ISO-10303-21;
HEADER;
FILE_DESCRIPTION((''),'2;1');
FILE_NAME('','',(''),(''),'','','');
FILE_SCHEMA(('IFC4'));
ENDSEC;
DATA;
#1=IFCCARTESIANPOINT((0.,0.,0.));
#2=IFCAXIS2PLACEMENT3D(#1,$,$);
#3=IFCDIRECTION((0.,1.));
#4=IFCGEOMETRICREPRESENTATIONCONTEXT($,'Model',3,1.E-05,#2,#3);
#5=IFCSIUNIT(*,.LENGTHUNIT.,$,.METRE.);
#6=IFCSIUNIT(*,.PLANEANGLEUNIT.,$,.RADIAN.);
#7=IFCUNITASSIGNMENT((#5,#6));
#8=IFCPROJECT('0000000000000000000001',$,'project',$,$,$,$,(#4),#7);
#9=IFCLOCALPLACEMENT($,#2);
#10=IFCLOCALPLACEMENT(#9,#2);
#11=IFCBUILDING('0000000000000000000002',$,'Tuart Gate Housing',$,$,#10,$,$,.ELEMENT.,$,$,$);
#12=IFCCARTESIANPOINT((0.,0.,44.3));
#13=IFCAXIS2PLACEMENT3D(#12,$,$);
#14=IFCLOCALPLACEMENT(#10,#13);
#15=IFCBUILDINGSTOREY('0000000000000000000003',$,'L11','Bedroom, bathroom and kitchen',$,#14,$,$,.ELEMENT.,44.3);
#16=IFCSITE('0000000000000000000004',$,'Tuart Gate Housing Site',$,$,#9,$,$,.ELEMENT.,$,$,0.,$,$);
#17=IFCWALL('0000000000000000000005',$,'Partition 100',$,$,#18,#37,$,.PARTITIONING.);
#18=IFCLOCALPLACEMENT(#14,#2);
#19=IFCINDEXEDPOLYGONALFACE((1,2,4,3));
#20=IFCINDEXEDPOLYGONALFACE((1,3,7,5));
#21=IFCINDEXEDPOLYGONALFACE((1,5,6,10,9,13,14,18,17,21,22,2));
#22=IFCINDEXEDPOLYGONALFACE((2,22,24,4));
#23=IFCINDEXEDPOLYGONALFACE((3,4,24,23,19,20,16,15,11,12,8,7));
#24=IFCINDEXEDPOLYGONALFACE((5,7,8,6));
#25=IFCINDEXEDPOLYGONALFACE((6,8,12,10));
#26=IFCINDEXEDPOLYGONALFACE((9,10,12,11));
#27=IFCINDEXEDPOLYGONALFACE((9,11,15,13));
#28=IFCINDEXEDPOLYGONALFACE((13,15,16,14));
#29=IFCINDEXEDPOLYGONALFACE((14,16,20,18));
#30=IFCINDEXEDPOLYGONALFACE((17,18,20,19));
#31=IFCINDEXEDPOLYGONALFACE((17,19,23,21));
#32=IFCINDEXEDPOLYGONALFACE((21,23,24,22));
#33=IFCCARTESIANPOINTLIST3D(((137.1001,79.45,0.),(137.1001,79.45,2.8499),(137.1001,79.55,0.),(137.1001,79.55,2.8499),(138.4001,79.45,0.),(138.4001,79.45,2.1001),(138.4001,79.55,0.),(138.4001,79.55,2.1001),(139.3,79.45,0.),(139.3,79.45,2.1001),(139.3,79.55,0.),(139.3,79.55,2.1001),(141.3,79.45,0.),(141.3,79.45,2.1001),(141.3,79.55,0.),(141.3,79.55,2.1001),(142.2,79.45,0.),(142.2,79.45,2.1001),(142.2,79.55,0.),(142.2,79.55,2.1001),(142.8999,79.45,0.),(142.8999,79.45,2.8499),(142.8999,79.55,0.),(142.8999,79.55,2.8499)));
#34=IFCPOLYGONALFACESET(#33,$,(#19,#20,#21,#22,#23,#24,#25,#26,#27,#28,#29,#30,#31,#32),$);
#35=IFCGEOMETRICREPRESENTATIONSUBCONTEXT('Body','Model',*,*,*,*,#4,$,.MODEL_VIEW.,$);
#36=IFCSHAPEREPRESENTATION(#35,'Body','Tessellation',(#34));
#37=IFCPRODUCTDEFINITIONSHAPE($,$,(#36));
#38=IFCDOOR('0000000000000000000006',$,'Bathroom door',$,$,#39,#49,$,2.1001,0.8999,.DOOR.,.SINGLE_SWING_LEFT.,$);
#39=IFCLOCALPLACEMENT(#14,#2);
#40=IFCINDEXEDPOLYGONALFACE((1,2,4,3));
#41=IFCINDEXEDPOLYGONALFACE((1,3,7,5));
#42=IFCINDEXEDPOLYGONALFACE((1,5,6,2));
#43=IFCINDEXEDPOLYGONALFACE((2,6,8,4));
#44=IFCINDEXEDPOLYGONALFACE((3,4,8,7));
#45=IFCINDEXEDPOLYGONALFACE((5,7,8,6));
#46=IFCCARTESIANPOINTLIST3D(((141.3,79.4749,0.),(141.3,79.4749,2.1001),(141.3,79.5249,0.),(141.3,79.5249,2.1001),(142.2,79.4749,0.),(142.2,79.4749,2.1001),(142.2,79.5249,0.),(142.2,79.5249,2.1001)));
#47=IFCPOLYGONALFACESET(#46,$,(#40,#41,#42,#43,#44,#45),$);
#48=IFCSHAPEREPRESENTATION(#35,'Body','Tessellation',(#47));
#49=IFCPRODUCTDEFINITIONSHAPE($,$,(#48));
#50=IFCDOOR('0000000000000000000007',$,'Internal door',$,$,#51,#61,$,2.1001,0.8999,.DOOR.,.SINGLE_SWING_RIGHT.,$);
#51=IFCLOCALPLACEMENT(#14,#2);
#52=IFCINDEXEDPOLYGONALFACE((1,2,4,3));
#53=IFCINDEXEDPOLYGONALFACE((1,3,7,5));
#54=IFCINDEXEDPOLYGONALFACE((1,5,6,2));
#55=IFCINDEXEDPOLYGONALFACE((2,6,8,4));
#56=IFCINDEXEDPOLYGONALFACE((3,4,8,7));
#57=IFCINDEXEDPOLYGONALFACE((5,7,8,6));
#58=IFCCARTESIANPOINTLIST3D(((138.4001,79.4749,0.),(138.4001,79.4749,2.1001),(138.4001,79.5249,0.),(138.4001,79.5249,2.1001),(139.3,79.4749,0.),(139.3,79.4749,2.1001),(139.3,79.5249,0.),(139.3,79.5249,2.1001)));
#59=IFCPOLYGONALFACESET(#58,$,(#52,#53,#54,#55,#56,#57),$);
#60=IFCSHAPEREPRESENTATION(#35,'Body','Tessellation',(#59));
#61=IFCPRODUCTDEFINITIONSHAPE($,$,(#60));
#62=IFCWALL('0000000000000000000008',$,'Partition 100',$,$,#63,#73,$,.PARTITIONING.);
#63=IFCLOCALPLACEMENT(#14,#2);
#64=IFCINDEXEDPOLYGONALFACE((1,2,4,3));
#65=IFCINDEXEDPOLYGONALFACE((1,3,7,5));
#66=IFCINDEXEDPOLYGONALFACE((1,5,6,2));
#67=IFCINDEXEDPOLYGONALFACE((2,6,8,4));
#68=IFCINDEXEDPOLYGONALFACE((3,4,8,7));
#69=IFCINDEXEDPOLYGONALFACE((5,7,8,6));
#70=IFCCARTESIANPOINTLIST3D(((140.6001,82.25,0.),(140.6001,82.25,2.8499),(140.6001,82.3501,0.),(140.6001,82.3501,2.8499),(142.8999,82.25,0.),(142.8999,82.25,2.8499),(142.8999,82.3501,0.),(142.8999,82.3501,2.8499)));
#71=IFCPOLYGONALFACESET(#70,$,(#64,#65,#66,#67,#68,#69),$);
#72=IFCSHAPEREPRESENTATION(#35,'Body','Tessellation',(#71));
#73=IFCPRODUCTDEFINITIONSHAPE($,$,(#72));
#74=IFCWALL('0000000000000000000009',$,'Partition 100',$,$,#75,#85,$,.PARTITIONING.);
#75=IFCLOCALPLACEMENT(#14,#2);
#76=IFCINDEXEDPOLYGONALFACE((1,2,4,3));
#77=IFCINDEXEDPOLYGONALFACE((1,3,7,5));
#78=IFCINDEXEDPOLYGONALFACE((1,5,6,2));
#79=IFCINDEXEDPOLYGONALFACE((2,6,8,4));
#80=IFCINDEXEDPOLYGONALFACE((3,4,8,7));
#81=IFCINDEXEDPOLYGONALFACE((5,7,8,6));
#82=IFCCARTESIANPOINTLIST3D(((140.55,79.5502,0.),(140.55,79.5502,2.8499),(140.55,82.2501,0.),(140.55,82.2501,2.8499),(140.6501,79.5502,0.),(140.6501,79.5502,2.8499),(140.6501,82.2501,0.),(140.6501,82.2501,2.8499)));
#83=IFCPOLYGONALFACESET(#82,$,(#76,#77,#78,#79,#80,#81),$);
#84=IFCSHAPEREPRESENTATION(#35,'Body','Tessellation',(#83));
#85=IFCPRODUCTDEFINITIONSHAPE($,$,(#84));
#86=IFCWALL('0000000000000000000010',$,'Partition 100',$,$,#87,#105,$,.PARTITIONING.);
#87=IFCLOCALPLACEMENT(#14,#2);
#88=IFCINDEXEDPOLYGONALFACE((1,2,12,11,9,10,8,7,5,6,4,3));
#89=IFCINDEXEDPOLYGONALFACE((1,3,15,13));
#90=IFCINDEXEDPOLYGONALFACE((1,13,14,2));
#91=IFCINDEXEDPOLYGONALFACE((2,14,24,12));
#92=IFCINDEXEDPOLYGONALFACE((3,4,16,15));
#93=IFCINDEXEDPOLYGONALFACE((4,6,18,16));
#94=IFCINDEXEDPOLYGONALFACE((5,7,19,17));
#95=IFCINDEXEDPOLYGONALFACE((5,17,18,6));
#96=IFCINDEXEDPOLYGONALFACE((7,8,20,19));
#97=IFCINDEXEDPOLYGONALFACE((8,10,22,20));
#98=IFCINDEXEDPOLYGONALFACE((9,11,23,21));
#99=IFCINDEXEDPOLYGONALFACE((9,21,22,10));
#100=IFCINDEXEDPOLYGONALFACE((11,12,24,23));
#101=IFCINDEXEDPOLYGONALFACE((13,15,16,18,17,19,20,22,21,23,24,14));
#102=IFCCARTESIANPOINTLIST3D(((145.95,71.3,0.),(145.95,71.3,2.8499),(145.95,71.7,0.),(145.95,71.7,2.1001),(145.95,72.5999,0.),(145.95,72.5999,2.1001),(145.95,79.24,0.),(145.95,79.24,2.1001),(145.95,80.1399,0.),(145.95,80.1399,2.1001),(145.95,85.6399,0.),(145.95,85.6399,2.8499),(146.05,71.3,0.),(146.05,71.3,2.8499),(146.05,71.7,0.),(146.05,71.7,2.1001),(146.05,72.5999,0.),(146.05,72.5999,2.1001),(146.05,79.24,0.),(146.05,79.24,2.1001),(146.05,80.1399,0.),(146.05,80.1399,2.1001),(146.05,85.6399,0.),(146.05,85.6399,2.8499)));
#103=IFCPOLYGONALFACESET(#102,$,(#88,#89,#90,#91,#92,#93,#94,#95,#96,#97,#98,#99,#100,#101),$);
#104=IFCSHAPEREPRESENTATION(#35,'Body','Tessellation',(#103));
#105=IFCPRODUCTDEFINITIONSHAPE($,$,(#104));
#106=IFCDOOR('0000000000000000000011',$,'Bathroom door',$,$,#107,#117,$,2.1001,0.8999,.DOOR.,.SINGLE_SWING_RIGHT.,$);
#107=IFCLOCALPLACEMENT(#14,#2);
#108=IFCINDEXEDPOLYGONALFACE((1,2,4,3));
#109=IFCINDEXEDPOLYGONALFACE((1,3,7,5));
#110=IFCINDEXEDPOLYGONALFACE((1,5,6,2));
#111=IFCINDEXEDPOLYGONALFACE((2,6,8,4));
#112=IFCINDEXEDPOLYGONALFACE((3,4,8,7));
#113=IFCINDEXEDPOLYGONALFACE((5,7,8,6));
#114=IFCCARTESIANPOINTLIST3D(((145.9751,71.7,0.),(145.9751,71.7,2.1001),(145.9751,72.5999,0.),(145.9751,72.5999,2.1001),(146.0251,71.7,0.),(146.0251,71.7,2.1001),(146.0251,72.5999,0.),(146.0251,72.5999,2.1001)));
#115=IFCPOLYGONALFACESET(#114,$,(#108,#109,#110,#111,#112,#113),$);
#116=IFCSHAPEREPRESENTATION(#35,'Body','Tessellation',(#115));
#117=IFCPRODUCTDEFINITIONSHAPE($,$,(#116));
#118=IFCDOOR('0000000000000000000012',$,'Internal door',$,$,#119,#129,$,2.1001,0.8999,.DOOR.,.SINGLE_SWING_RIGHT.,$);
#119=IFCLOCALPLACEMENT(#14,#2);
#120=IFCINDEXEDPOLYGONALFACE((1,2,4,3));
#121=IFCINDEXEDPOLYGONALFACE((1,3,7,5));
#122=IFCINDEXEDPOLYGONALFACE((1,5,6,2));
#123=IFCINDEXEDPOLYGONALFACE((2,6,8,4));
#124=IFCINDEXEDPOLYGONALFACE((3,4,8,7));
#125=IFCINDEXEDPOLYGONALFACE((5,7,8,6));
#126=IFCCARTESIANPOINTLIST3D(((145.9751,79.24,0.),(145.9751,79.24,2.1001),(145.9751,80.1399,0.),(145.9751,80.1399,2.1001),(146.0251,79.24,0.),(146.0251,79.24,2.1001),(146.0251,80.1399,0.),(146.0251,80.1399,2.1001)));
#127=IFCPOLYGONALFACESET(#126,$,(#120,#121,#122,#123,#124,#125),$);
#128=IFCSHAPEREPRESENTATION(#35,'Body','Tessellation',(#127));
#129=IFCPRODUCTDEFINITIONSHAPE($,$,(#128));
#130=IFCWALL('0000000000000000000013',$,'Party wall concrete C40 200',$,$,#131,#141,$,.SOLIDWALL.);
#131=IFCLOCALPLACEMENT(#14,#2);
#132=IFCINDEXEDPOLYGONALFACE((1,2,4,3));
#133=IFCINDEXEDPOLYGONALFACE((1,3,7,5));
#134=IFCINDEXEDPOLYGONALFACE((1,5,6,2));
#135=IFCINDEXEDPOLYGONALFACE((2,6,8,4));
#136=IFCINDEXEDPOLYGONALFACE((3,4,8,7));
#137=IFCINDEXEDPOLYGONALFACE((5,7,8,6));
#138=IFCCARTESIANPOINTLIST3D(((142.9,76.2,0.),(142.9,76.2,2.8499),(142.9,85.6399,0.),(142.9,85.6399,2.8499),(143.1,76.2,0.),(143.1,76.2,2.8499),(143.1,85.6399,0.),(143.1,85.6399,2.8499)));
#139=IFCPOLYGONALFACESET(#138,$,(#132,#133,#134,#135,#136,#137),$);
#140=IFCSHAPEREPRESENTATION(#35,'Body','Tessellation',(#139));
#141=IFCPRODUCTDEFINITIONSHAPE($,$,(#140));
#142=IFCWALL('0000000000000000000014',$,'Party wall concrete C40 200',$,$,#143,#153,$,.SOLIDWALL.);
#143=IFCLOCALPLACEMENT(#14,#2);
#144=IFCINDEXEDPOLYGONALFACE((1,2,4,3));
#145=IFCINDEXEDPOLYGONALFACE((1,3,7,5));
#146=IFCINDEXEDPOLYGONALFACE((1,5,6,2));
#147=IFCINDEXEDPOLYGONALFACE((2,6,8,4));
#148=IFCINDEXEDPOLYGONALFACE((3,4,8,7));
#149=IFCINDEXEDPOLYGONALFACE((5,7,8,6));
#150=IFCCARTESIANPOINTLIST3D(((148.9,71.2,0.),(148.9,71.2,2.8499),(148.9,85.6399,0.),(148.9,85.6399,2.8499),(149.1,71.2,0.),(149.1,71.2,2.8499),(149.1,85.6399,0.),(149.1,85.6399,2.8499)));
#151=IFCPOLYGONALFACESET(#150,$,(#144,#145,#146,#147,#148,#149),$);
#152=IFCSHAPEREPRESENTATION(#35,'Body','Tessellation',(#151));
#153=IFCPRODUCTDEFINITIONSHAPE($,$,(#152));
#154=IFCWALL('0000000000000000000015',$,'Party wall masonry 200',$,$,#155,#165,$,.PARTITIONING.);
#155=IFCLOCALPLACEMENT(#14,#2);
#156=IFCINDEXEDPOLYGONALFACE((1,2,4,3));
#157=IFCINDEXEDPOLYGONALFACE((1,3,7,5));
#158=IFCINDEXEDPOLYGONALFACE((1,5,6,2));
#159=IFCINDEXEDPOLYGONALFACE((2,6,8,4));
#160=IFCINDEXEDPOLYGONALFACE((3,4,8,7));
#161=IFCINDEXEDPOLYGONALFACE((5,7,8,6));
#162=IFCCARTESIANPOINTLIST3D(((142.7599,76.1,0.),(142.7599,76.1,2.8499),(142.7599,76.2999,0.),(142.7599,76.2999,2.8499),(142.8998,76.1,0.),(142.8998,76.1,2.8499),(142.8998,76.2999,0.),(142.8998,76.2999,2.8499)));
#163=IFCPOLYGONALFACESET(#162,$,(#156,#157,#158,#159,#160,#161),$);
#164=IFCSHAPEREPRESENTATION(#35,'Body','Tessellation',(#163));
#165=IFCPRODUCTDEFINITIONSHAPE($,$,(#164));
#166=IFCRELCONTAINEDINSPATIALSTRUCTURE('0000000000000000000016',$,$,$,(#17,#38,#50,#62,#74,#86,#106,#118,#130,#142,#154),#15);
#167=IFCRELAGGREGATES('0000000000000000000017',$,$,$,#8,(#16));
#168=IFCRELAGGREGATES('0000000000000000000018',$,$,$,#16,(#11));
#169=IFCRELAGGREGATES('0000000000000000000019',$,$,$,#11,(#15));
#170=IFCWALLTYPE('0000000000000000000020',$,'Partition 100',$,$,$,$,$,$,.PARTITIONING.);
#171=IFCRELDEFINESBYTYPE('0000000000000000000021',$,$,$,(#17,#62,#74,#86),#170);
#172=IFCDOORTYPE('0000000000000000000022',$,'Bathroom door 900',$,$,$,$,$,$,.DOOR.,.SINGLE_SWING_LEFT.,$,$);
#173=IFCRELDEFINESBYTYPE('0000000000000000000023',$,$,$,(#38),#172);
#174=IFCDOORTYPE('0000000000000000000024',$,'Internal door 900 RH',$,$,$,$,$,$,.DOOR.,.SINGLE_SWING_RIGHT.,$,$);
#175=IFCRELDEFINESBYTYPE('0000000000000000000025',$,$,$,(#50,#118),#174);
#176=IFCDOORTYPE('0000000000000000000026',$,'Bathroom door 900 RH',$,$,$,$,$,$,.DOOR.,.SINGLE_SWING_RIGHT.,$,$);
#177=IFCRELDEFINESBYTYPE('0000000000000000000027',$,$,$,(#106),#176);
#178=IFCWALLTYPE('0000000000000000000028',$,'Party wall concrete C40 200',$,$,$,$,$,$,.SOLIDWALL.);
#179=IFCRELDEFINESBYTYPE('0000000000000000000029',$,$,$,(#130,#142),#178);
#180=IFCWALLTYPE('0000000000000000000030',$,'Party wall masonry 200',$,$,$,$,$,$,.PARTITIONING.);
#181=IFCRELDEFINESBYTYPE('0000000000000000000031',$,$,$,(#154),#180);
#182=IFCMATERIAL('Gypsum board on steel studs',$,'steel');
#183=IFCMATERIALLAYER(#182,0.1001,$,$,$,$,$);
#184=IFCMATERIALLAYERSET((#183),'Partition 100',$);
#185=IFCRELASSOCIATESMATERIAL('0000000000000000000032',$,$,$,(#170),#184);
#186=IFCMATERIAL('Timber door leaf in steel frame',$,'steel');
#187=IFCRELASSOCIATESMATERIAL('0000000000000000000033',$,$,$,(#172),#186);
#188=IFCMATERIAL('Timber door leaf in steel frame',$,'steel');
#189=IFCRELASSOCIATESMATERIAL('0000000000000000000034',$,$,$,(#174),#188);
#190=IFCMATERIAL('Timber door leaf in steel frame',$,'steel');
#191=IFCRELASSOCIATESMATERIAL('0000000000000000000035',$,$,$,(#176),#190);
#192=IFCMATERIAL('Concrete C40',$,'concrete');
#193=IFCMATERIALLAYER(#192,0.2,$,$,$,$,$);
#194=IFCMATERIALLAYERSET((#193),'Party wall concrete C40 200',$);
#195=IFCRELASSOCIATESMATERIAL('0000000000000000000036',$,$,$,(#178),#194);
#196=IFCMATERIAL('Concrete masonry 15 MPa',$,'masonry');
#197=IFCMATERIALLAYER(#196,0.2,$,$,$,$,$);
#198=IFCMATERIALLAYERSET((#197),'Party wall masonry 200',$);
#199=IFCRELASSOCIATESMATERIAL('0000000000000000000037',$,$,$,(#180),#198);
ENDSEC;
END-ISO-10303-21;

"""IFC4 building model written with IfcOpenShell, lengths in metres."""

from ifc_helpers import new_model, si_unit, direction, frame, frame_2d, origin, place, context, subcontext, project, spatial, rectangle, extrude, material, layer, layer_set, type_object, element, fill, save


model = new_model("IFC4")

# Units and contexts
model_context = context("Model", 3, precision=1e-05, world=origin(), true_north=direction((0.0, 1.0)))
body_context = subcontext(model_context, "Body", "Model", "MODEL_VIEW")
ifc_project = project(units=[si_unit("LENGTHUNIT", "METRE"), si_unit("PLANEANGLEUNIT", "RADIAN")], contexts=[model_context])

# Site, building, storey
site_placement = place(None, origin())
site = spatial("IfcSite", under=ifc_project, at=site_placement, Name="Tuart Gate Housing Site", CompositionType="ELEMENT", RefElevation=0.0)
building_placement = place(site_placement, origin())
building = spatial("IfcBuilding", under=site, at=building_placement, Name="Tuart Gate Housing", CompositionType="ELEMENT")
storey_placement = place(building_placement, frame((0.0, 0.0, 44.3)))
storey = spatial("IfcBuildingStorey", under=building, at=storey_placement, Name="L11", Description="Bedroom, bathroom and kitchen", CompositionType="ELEMENT", Elevation=44.3)

# Shared definitions
ifc_material_1 = material(Name="Gypsum board on steel studs", Category="steel")
ifc_layer_1 = layer(ifc_material_1, 0.1001)
ifc_layer_set_1 = layer_set([ifc_layer_1], Name="Partition 100")
wall_type_1 = type_object("IfcWallType", Name="Partition 100", PredefinedType="PARTITIONING", material=ifc_layer_set_1)

# Wall, openings, doors
wall_1_placement = place(storey_placement, frame((137.1001, 79.5, 0.0), z_axis=(0.0, 0.0, 1.0), x_axis=(1.0, 0.0, 0.0)))
wall_1 = element("IfcWall", 1, at=wall_1_placement, inside=storey, type_object=wall_type_1, Name="Partition 100", PredefinedType="PARTITIONING", context=body_context, shape_type="SweptSolid", body=[
    extrude(rectangle(XDim=5.7998, YDim=0.1001, at=frame_2d((2.8999, 0.0))), origin(), (0.0, 0.0, 1.0), 2.8499),
])
opening_1_placement = place(wall_1_placement, frame((1.3, 0.0, 0.0)))
opening_1 = element("IfcOpeningElement", 2, at=opening_1_placement, cuts=wall_1, PredefinedType="OPENING", context=body_context, shape_type="SweptSolid", body=[
    extrude(rectangle(XDim=0.8999, YDim=2.1001, at=frame_2d((0.45, 1.05))), frame((0.0, 0.0601, 0.0), z_axis=(0.0, -1.0, 0.0), x_axis=(1.0, 0.0, 0.0)), (0.0, 0.0, 1.0), 0.1201),
])
opening_2_placement = place(wall_1_placement, frame((4.2, 0.0, 0.0)))
opening_2 = element("IfcOpeningElement", 3, at=opening_2_placement, cuts=wall_1, PredefinedType="OPENING", context=body_context, shape_type="SweptSolid", body=[
    extrude(rectangle(XDim=0.8999, YDim=2.1001, at=frame_2d((0.45, 1.05))), frame((0.0, 0.0601, 0.0), z_axis=(0.0, -1.0, 0.0), x_axis=(1.0, 0.0, 0.0)), (0.0, 0.0, 1.0), 0.1201),
])
ifc_material_2 = material(Name="Timber door leaf in steel frame", Category="steel")
door_type_1 = type_object("IfcDoorType", Name="Bathroom door 900", OperationType="SINGLE_SWING_LEFT", PredefinedType="DOOR", material=ifc_material_2)
door_1_placement = place(opening_2_placement, origin())
door_1 = element("IfcDoor", 4, at=door_1_placement, inside=storey, type_object=door_type_1, Name="Bathroom door", OperationType="SINGLE_SWING_LEFT", OverallHeight=2.1001, OverallWidth=0.8999, PredefinedType="DOOR", context=body_context, shape_type="SweptSolid", body=[
    extrude(rectangle(XDim=0.8999, YDim=2.1001, at=frame_2d((0.45, 1.05))), frame((0.0, 0.0249, 0.0), z_axis=(0.0, -1.0, 0.0), x_axis=(1.0, 0.0, 0.0)), (0.0, 0.0, 1.0), 0.05),
])
fill(opening_2, door_1)
ifc_material_3 = material(Name="Timber door leaf in steel frame", Category="steel")
door_type_2 = type_object("IfcDoorType", Name="Internal door 900 RH", OperationType="SINGLE_SWING_RIGHT", PredefinedType="DOOR", material=ifc_material_3)
door_2_placement = place(opening_1_placement, origin())
door_2 = element("IfcDoor", 5, at=door_2_placement, inside=storey, type_object=door_type_2, Name="Internal door", OperationType="SINGLE_SWING_RIGHT", OverallHeight=2.1001, OverallWidth=0.8999, PredefinedType="DOOR", context=body_context, shape_type="SweptSolid", body=[
    extrude(rectangle(XDim=0.8999, YDim=2.1001, at=frame_2d((0.45, 1.05))), frame((0.0, 0.0249, 0.0), z_axis=(0.0, -1.0, 0.0), x_axis=(1.0, 0.0, 0.0)), (0.0, 0.0, 1.0), 0.05),
])
fill(opening_1, door_2)

# Walls
wall_2_placement = place(storey_placement, frame((140.6001, 82.3, 0.0), z_axis=(0.0, 0.0, 1.0), x_axis=(1.0, 0.0, 0.0)))
element("IfcWall", 6, at=wall_2_placement, inside=storey, type_object=wall_type_1, Name="Partition 100", PredefinedType="PARTITIONING", context=body_context, shape_type="SweptSolid", body=[
    extrude(rectangle(XDim=2.2998, YDim=0.1001, at=frame_2d((1.1499, 0.0))), origin(), (0.0, 0.0, 1.0), 2.8499),
])
wall_3_placement = place(storey_placement, frame((140.6001, 79.55, 0.0), z_axis=(0.0, 0.0, 1.0), x_axis=(0.0, 1.0, 0.0)))
element("IfcWall", 7, at=wall_3_placement, inside=storey, type_object=wall_type_1, Name="Partition 100", PredefinedType="PARTITIONING", context=body_context, shape_type="SweptSolid", body=[
    extrude(rectangle(XDim=2.7, YDim=0.1001, at=frame_2d((1.3501, 0.0))), origin(), (0.0, 0.0, 1.0), 2.8499),
])

# Wall, openings, doors
wall_4_placement = place(storey_placement, frame((146.0, 71.3, 0.0), z_axis=(0.0, 0.0, 1.0), x_axis=(0.0, 1.0, 0.0)))
wall_4 = element("IfcWall", 8, at=wall_4_placement, inside=storey, type_object=wall_type_1, Name="Partition 100", PredefinedType="PARTITIONING", context=body_context, shape_type="SweptSolid", body=[
    extrude(rectangle(XDim=14.3398, YDim=0.1001, at=frame_2d((7.1699, 0.0))), origin(), (0.0, 0.0, 1.0), 2.8499),
])
opening_3_placement = place(wall_4_placement, frame((7.9399, 0.0, 0.0)))
opening_3 = element("IfcOpeningElement", 9, at=opening_3_placement, cuts=wall_4, PredefinedType="OPENING", context=body_context, shape_type="SweptSolid", body=[
    extrude(rectangle(XDim=0.8999, YDim=2.1001, at=frame_2d((0.45, 1.05))), frame((0.0, 0.0601, 0.0), z_axis=(0.0, -1.0, 0.0), x_axis=(1.0, 0.0, 0.0)), (0.0, 0.0, 1.0), 0.1201),
])
opening_4_placement = place(wall_4_placement, frame((0.3999, 0.0, 0.0)))
opening_4 = element("IfcOpeningElement", 10, at=opening_4_placement, cuts=wall_4, PredefinedType="OPENING", context=body_context, shape_type="SweptSolid", body=[
    extrude(rectangle(XDim=0.8999, YDim=2.1001, at=frame_2d((0.45, 1.05))), frame((0.0, 0.0601, 0.0), z_axis=(0.0, -1.0, 0.0), x_axis=(1.0, 0.0, 0.0)), (0.0, 0.0, 1.0), 0.1201),
])
ifc_material_4 = material(Name="Timber door leaf in steel frame", Category="steel")
door_type_3 = type_object("IfcDoorType", Name="Bathroom door 900 RH", OperationType="SINGLE_SWING_RIGHT", PredefinedType="DOOR", material=ifc_material_4)
door_3_placement = place(opening_4_placement, frame((0.8999, 0.0, 0.0), z_axis=(0.0, 0.0, 1.0), x_axis=(-1.0, 0.0, 0.0)))
door_3 = element("IfcDoor", 11, at=door_3_placement, inside=storey, type_object=door_type_3, Name="Bathroom door", OperationType="SINGLE_SWING_RIGHT", OverallHeight=2.1001, OverallWidth=0.8999, PredefinedType="DOOR", context=body_context, shape_type="SweptSolid", body=[
    extrude(rectangle(XDim=0.8999, YDim=2.1001, at=frame_2d((0.45, 1.05))), frame((0.0, 0.0251, 0.0), z_axis=(0.0, -1.0, 0.0), x_axis=(1.0, 0.0, 0.0)), (0.0, 0.0, 1.0), 0.05),
])
fill(opening_4, door_3)
door_4_placement = place(opening_3_placement, frame((0.8999, 0.0, 0.0), z_axis=(0.0, 0.0, 1.0), x_axis=(-1.0, 0.0, 0.0)))
door_4 = element("IfcDoor", 12, at=door_4_placement, inside=storey, type_object=door_type_2, Name="Internal door", OperationType="SINGLE_SWING_RIGHT", OverallHeight=2.1001, OverallWidth=0.8999, PredefinedType="DOOR", context=body_context, shape_type="SweptSolid", body=[
    extrude(rectangle(XDim=0.8999, YDim=2.1001, at=frame_2d((0.45, 1.05))), frame((0.0, 0.0251, 0.0), z_axis=(0.0, -1.0, 0.0), x_axis=(1.0, 0.0, 0.0)), (0.0, 0.0, 1.0), 0.05),
])
fill(opening_3, door_4)

# Walls
ifc_material_5 = material(Name="Concrete C40", Category="concrete")
ifc_layer_2 = layer(ifc_material_5, 0.2)
ifc_layer_set_2 = layer_set([ifc_layer_2], Name="Party wall concrete C40 200")
wall_type_2 = type_object("IfcWallType", Name="Party wall concrete C40 200", PredefinedType="SOLIDWALL", material=ifc_layer_set_2)
wall_5_placement = place(storey_placement, frame((143.0, 76.2, 0.0), z_axis=(0.0, 0.0, 1.0), x_axis=(0.0, 1.0, 0.0)))
element("IfcWall", 13, at=wall_5_placement, inside=storey, type_object=wall_type_2, Name="Party wall concrete C40 200", PredefinedType="SOLIDWALL", context=body_context, shape_type="SweptSolid", body=[
    extrude(rectangle(XDim=9.4399, YDim=0.2, at=frame_2d((4.72, 0.0))), origin(), (0.0, 0.0, 1.0), 2.8499),
])
wall_6_placement = place(storey_placement, frame((149.0, 71.2, 0.0), z_axis=(0.0, 0.0, 1.0), x_axis=(0.0, 1.0, 0.0)))
element("IfcWall", 14, at=wall_6_placement, inside=storey, type_object=wall_type_2, Name="Party wall concrete C40 200", PredefinedType="SOLIDWALL", context=body_context, shape_type="SweptSolid", body=[
    extrude(rectangle(XDim=14.4399, YDim=0.2, at=frame_2d((7.22, 0.0))), origin(), (0.0, 0.0, 1.0), 2.8499),
])
ifc_material_6 = material(Name="Concrete masonry 15 MPa", Category="masonry")
ifc_layer_3 = layer(ifc_material_6, 0.2)
ifc_layer_set_3 = layer_set([ifc_layer_3], Name="Party wall masonry 200")
wall_type_3 = type_object("IfcWallType", Name="Party wall masonry 200", PredefinedType="PARTITIONING", material=ifc_layer_set_3)
wall_7_placement = place(storey_placement, frame((142.76, 76.2, 0.0), z_axis=(0.0, 0.0, 1.0), x_axis=(1.0, 0.0, 0.0)))
element("IfcWall", 15, at=wall_7_placement, inside=storey, type_object=wall_type_3, Name="Party wall masonry 200", PredefinedType="PARTITIONING", context=body_context, shape_type="SweptSolid", body=[
    extrude(rectangle(XDim=0.1399, YDim=0.2, at=frame_2d((0.0698, 0.0))), origin(), (0.0, 0.0, 1.0), 2.8499),
])

save(model, "model.ifc")
